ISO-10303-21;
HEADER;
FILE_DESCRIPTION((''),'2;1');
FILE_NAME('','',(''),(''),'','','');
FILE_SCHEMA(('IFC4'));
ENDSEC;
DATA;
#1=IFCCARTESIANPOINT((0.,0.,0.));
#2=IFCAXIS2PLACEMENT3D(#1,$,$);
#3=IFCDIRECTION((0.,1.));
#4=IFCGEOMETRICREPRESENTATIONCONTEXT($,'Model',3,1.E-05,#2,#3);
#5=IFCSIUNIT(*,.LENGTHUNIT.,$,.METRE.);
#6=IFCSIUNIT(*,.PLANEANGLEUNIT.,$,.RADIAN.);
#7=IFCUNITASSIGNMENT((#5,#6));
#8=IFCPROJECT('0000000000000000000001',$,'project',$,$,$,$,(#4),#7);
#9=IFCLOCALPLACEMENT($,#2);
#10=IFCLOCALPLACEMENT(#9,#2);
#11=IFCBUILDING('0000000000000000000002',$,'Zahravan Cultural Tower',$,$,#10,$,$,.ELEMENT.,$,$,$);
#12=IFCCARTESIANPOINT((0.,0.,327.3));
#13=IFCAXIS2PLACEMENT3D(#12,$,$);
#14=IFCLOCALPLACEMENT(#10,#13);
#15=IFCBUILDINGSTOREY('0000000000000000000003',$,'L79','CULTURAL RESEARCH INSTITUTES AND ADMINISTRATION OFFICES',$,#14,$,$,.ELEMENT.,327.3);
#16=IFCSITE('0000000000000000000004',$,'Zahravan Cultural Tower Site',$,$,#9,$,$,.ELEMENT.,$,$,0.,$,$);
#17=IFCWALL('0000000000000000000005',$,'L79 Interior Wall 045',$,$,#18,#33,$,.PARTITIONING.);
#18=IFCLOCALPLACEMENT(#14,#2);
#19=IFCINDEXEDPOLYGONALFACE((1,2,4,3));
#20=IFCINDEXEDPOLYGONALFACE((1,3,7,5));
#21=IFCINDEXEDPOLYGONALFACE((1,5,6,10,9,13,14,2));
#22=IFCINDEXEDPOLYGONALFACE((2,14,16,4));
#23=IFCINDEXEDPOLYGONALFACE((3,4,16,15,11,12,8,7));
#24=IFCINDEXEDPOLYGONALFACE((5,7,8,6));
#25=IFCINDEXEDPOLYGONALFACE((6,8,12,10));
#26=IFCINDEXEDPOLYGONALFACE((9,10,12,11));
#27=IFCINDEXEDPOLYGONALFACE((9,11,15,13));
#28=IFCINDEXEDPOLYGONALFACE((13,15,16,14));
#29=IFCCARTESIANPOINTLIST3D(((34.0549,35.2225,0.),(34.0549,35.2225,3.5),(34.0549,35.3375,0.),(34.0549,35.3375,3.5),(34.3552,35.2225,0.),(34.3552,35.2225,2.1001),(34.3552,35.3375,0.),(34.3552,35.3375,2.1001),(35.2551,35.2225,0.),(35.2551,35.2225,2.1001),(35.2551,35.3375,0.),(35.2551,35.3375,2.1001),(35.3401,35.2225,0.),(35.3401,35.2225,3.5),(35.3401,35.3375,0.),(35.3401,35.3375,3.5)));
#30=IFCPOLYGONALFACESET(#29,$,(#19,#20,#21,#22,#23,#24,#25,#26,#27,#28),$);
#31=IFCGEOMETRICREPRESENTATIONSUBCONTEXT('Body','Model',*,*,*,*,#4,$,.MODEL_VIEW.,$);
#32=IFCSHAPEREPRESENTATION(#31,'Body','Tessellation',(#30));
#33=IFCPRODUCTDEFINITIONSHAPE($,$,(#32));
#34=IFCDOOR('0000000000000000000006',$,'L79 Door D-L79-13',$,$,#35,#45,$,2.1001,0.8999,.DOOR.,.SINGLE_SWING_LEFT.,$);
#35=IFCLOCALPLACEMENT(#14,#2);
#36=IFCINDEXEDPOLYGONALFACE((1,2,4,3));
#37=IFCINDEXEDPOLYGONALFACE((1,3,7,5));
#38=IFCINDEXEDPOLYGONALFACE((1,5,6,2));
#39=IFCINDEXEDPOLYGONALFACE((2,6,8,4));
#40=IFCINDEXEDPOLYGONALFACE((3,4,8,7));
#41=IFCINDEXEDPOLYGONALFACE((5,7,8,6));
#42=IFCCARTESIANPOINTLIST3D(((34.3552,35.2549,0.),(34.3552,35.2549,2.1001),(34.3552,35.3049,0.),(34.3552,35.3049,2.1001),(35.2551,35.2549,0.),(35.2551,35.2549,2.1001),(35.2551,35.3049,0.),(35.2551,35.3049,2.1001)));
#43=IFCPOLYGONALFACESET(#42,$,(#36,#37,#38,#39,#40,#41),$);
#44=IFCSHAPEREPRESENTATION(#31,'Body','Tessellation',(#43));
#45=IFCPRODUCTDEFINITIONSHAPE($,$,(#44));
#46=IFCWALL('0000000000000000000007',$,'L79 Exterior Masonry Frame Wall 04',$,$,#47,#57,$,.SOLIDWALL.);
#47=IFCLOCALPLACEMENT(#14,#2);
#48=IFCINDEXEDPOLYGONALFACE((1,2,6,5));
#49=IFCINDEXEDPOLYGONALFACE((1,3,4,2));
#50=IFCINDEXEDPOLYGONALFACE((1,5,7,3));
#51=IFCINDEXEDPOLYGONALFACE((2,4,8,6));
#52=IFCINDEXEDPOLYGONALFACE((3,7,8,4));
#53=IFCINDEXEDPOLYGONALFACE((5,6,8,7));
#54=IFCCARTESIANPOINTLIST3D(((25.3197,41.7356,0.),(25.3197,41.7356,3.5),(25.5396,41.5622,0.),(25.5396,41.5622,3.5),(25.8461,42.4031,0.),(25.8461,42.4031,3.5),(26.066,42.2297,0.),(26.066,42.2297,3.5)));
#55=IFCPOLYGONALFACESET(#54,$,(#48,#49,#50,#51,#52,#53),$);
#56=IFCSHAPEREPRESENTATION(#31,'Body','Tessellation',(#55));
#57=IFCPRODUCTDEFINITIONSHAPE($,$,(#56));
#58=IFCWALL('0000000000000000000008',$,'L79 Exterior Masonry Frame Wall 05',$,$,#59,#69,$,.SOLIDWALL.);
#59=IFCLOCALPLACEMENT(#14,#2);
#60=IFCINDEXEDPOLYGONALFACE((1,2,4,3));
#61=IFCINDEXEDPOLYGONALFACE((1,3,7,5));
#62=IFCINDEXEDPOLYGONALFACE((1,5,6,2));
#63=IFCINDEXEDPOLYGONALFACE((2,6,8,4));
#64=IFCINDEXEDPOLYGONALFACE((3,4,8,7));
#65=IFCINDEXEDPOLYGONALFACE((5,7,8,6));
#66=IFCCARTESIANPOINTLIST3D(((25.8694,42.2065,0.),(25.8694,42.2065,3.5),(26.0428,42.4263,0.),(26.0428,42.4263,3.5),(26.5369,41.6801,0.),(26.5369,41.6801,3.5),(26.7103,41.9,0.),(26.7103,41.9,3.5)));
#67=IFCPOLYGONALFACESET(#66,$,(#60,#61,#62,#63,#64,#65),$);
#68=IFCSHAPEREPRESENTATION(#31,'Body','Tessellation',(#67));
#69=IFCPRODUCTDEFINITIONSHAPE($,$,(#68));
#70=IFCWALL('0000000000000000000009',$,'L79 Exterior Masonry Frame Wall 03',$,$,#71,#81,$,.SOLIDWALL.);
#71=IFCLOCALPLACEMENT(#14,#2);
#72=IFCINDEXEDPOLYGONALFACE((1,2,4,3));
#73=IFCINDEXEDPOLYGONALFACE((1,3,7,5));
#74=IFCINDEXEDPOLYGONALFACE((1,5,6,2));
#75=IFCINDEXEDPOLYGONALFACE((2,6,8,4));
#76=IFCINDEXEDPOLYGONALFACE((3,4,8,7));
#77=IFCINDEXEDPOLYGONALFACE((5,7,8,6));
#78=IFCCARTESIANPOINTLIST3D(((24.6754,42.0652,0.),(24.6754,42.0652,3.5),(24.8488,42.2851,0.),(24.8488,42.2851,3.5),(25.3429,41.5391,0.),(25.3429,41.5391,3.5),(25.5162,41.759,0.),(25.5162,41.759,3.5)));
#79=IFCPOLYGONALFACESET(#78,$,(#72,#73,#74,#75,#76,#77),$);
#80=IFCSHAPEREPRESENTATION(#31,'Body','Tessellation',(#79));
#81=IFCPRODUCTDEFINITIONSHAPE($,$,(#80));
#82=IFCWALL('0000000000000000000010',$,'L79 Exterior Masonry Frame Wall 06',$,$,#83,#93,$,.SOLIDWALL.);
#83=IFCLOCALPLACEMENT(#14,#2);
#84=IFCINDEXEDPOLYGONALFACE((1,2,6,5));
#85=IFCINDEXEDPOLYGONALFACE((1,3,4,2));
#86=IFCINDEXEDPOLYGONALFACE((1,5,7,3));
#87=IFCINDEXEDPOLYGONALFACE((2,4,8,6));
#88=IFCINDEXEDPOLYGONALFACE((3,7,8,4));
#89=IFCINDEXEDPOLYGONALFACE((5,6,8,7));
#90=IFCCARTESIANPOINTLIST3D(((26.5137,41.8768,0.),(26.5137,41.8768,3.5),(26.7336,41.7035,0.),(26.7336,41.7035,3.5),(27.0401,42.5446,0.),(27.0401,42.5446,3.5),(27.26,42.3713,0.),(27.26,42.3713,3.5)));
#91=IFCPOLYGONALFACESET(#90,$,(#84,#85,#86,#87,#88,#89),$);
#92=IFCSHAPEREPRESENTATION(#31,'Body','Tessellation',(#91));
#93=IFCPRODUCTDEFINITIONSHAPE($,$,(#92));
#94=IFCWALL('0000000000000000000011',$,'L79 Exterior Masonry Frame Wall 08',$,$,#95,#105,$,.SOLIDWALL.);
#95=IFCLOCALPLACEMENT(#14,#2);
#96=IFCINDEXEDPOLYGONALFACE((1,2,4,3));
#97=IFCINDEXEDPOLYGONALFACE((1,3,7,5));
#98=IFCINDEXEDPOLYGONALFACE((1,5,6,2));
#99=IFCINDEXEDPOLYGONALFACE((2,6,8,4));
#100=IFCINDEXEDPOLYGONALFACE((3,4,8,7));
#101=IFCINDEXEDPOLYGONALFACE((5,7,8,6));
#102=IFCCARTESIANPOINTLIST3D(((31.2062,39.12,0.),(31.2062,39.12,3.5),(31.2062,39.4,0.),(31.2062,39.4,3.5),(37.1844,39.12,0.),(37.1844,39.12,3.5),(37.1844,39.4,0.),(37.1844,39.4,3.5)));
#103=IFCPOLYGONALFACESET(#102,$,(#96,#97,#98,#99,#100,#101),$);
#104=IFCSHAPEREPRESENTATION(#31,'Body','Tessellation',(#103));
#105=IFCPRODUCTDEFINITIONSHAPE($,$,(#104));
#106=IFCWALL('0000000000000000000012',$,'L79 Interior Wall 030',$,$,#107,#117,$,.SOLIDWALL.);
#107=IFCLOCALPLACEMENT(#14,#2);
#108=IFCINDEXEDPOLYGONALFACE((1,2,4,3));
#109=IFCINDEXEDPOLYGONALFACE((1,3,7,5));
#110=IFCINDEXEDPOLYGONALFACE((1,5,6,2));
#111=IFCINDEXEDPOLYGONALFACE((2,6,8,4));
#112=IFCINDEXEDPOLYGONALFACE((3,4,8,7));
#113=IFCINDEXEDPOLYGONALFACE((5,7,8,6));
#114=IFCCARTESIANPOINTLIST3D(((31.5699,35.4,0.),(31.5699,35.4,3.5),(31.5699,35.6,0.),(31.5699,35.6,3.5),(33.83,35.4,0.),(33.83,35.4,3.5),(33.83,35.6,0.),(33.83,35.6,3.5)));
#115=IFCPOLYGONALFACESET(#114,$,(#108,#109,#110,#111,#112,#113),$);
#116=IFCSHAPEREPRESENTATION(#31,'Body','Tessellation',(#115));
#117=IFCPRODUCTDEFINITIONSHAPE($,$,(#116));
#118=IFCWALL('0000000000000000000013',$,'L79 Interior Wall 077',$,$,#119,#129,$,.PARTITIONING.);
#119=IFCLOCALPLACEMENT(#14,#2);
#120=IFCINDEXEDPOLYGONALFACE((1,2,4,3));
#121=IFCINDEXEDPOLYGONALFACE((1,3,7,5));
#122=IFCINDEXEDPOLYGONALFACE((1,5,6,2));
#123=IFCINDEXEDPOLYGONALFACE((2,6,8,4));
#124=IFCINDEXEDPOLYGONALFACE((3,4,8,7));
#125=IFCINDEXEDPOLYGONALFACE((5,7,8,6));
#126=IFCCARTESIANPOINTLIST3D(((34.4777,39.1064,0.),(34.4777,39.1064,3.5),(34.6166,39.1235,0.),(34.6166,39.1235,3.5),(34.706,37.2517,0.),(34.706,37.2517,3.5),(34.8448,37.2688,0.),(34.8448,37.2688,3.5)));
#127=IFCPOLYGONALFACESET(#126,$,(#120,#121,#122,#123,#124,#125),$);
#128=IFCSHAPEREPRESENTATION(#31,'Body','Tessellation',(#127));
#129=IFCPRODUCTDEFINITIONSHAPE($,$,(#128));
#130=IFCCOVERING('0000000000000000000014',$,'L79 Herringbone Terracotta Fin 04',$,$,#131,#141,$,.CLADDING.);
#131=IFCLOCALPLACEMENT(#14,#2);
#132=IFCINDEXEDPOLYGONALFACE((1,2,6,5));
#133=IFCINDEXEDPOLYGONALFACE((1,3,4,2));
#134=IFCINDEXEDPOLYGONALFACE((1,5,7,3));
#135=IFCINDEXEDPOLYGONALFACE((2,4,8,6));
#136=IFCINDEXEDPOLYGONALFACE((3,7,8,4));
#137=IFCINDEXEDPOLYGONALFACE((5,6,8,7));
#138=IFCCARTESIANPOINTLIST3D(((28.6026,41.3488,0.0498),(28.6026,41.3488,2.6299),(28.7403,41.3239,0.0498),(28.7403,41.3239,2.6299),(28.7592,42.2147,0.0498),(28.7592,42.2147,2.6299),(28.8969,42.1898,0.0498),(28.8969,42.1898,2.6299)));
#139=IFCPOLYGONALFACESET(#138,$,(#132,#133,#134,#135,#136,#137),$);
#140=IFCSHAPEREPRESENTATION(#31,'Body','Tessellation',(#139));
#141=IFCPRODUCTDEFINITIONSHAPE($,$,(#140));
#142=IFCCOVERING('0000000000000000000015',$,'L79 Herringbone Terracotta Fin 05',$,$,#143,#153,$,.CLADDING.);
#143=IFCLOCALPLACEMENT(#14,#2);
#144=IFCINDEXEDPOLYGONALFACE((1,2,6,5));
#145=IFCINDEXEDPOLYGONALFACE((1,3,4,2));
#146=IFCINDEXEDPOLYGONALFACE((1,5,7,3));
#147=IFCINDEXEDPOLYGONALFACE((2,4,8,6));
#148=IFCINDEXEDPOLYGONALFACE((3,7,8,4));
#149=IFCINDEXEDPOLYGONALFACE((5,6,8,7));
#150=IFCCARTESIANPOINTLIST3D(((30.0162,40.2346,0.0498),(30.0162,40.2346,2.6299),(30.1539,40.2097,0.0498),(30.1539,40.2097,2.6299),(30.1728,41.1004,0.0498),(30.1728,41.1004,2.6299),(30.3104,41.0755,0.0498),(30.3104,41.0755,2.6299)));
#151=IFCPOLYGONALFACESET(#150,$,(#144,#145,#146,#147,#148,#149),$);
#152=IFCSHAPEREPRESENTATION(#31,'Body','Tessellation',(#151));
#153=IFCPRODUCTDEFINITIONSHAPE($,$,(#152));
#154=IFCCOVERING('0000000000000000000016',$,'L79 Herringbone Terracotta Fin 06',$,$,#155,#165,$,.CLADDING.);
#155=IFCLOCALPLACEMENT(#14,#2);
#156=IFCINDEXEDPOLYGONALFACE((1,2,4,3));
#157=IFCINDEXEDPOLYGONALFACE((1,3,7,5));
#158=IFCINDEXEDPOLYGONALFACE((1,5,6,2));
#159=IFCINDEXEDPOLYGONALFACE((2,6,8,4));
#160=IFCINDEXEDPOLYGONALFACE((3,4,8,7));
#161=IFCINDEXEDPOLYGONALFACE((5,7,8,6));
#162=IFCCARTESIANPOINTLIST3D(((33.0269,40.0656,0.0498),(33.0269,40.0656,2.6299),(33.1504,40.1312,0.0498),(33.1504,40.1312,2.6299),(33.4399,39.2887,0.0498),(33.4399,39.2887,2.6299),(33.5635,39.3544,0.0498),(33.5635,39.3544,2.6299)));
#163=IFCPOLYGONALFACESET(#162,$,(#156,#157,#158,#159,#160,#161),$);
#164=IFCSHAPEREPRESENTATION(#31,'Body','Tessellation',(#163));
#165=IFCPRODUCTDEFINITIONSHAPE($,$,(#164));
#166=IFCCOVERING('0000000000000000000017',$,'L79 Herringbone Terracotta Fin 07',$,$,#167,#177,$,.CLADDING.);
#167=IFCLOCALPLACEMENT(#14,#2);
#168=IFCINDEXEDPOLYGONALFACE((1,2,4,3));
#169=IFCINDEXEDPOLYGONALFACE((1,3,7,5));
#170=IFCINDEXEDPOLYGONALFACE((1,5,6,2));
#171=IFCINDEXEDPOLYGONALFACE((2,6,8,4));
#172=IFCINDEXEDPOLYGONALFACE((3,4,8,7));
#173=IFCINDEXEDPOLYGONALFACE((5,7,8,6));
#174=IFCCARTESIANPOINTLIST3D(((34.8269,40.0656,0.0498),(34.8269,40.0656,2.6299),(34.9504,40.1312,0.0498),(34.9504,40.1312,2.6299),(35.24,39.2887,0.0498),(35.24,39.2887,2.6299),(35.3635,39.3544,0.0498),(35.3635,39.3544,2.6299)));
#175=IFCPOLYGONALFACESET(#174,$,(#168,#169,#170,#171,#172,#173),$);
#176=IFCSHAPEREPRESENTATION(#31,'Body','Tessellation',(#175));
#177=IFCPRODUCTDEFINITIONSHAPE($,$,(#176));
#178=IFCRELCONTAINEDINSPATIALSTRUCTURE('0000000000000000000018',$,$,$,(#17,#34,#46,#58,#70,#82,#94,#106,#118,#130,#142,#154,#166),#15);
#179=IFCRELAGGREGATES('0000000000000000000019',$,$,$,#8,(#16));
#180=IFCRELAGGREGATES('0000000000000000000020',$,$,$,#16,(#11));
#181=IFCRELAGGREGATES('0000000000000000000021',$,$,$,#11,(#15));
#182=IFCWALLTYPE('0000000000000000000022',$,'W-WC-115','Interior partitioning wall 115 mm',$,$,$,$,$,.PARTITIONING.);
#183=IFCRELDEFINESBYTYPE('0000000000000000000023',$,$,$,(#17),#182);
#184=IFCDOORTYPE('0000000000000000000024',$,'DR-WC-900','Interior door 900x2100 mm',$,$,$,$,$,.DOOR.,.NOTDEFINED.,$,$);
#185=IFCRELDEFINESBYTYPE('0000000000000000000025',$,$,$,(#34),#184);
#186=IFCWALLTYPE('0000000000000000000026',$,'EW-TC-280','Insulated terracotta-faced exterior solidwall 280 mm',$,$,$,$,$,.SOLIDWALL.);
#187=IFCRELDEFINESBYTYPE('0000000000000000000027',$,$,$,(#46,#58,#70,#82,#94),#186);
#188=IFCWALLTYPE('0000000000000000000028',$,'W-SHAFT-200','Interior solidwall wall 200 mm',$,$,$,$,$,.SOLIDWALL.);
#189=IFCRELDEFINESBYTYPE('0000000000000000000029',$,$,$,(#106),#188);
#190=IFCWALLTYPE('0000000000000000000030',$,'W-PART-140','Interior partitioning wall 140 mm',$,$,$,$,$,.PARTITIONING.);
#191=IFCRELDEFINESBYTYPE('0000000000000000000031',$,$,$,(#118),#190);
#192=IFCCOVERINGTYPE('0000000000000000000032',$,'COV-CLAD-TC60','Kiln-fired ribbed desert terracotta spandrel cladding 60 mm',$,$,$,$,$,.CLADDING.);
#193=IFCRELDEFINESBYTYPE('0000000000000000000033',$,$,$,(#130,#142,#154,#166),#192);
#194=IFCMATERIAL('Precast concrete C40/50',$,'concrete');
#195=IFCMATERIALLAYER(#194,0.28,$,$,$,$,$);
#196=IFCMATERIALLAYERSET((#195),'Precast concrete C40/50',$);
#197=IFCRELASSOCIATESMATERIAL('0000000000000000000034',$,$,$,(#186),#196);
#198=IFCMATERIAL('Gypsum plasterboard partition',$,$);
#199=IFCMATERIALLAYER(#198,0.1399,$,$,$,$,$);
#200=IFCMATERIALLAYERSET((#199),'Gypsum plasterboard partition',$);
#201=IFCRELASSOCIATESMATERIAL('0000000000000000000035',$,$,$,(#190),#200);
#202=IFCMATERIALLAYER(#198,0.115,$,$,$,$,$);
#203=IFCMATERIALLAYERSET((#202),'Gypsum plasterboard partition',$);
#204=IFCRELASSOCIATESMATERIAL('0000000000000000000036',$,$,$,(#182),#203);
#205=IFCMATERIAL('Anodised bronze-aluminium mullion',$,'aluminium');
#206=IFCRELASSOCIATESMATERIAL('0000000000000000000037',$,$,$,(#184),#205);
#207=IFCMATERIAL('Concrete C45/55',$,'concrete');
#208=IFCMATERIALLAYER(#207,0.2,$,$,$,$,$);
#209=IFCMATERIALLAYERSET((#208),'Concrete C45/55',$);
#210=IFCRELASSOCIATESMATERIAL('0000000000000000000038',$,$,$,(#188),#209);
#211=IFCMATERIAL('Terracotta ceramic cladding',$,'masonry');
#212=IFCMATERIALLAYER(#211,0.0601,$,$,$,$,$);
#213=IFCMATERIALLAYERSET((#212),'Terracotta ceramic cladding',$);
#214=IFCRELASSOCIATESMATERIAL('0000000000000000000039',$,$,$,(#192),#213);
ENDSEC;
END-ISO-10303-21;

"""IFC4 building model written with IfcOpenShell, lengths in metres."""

from ifc_helpers import new_model, si_unit, direction, frame, frame_2d, origin, origin_2d, place, context, subcontext, project, spatial, rectangle, extrude, source, transform, mapped, material, layer, layer_set, type_object, element, fill, save


model = new_model("IFC4")

# Units and contexts
model_context = context("Model", 3, precision=1e-05, world=origin(), true_north=direction((0.0, 1.0)))
body_context = subcontext(model_context, "Body", "Model", "MODEL_VIEW")
ifc_project = project(units=[si_unit("LENGTHUNIT", "METRE"), si_unit("PLANEANGLEUNIT", "RADIAN")], contexts=[model_context])

# Site, building, storey
site_placement = place(None, origin())
site = spatial("IfcSite", under=ifc_project, at=site_placement, Name="Zahravan Cultural Tower Site", CompositionType="ELEMENT", RefElevation=0.0)
building_placement = place(site_placement, origin())
building = spatial("IfcBuilding", under=site, at=building_placement, Name="Zahravan Cultural Tower", CompositionType="ELEMENT")
storey_placement = place(building_placement, frame((0.0, 0.0, 327.3)))
storey = spatial("IfcBuildingStorey", under=building, at=storey_placement, Name="L79", Description="CULTURAL RESEARCH INSTITUTES AND ADMINISTRATION OFFICES", CompositionType="ELEMENT", Elevation=327.3)

# Shared definitions
ifc_material_1 = material(Name="Precast concrete C40/50", Category="concrete")
ifc_layer_1 = layer(ifc_material_1, 0.28)
ifc_layer_set_1 = layer_set([ifc_layer_1], Name="Precast concrete C40/50")
wall_type_1 = type_object("IfcWallType", Name="EW-TC-280", Description="Insulated terracotta-faced exterior solidwall 280 mm", PredefinedType="SOLIDWALL", material=ifc_layer_set_1)

# Wall, opening, door
ifc_material_2 = material(Name="Gypsum plasterboard partition")
ifc_layer_2 = layer(ifc_material_2, 0.1399)
ifc_layer_set_2 = layer_set([ifc_layer_2], Name="Gypsum plasterboard partition")
wall_type_2 = type_object("IfcWallType", Name="W-PART-140", Description="Interior partitioning wall 140 mm", PredefinedType="PARTITIONING", material=ifc_layer_set_2)
ifc_material_3 = material(Name="Anodised bronze-aluminium mullion", Category="aluminium")
ifc_layer_3 = layer(ifc_material_2, 0.115)
ifc_layer_set_3 = layer_set([ifc_layer_3], Name="Gypsum plasterboard partition")
wall_type_3 = type_object("IfcWallType", Name="W-WC-115", Description="Interior partitioning wall 115 mm", PredefinedType="PARTITIONING", material=ifc_layer_set_3)
wall_1_placement = place(storey_placement, frame((34.0549, 35.28, 0.0), z_axis=(0.0, 0.0, 1.0), x_axis=(1.0, 0.0, 0.0)))
wall_1 = element("IfcWall", 1, at=wall_1_placement, inside=storey, type_object=wall_type_3, Name="L79 Interior Wall 045", PredefinedType="PARTITIONING", context=body_context, shape_type="SweptSolid", body=[
    extrude(rectangle(XDim=1.2852, YDim=0.115, at=frame_2d((0.6426, 0.0))), origin(), (0.0, 0.0, 1.0), 3.5),
])
opening_1_placement = place(wall_1_placement, frame((0.3003, 0.0, 0.0)))
opening_1 = element("IfcOpeningElement", 2, at=opening_1_placement, cuts=wall_1, PredefinedType="OPENING", context=body_context, shape_type="SweptSolid", body=[
    extrude(rectangle(XDim=0.8999, YDim=2.1001, at=frame_2d((0.45, 1.05))), frame((0.0, 0.0674, 0.0), z_axis=(0.0, -1.0, 0.0), x_axis=(1.0, 0.0, 0.0)), (0.0, 0.0, 1.0), 0.135),
])
door_type_1 = type_object("IfcDoorType", Name="DR-WC-900", Description="Interior door 900x2100 mm", OperationType="NOTDEFINED", PredefinedType="DOOR", material=ifc_material_3)
shared_shape_1 = source(origin(), body_context, "Body", "SweptSolid", [
    extrude(rectangle(XDim=0.8999, YDim=2.1001, at=frame_2d((0.45, 1.05))), frame((0.0, 0.0249, 0.0), z_axis=(0.0, -1.0, 0.0), x_axis=(1.0, 0.0, 0.0)), (0.0, 0.0, 1.0), 0.05),
])
door_1_placement = place(opening_1_placement, origin())
door_1 = element("IfcDoor", 3, at=door_1_placement, inside=storey, type_object=door_type_1, Name="L79 Door D-L79-13", OperationType="SINGLE_SWING_LEFT", OverallHeight=2.1001, OverallWidth=0.8999, PredefinedType="DOOR", context=body_context, shape_type="MappedRepresentation", body=[
    mapped(shared_shape_1, transform((0.0, 0.0, 0.0), x_axis=(1.0, 0.0, 0.0), y_axis=(0.0, 1.0, 0.0), z_axis=(0.0, 0.0, 1.0), scale=1.0)),
])
fill(opening_1, door_1)

# Walls
shared_shape_2 = source(origin(), body_context, "Body", "SweptSolid", [
    extrude(rectangle(XDim=0.8501, YDim=0.28, at=frame_2d((0.425, 0.0))), origin(), (0.0, 0.0, 1.0), 3.5),
])
for number, where, z_axis, x_axis, name in (
    (4, (25.4297, 41.6489, 0.0), (0.0, 0.0, 1.0), (0.619216, 0.785221, 0.0), "L79 Exterior Masonry Frame Wall 04"),
    (5, (25.9561, 42.3164, 0.0), (0.0, 0.0, 1.0), (0.785221, -0.619216, 0.0), "L79 Exterior Masonry Frame Wall 05"),
):
    element("IfcWall", number, at=place(storey_placement, frame(where, z_axis=z_axis, x_axis=x_axis)), inside=storey, type_object=wall_type_1, Name=name, PredefinedType="SOLIDWALL", context=body_context, shape_type="MappedRepresentation", body=[
        mapped(shared_shape_2, transform((0.0, 0.0, 0.0), x_axis=(1.0, 0.0, 0.0), y_axis=(0.0, 1.0, 0.0), z_axis=(0.0, 0.0, 1.0), scale=1.0)),
    ])
shared_shape_3 = source(origin(), body_context, "Body", "SweptSolid", [
    extrude(rectangle(XDim=0.8499, YDim=0.28, at=frame_2d((0.4248, 0.0))), origin(), (0.0, 0.0, 1.0), 3.5),
])
wall_2_placement = place(storey_placement, frame((24.7622, 42.175, 0.0), z_axis=(0.0, 0.0, 1.0), x_axis=(0.78536, -0.619039, 0.0)))
element("IfcWall", 6, at=wall_2_placement, inside=storey, type_object=wall_type_1, Name="L79 Exterior Masonry Frame Wall 03", PredefinedType="SOLIDWALL", context=body_context, shape_type="MappedRepresentation", body=[
    mapped(shared_shape_3, transform((0.0, 0.0, 0.0), x_axis=(1.0, 0.0, 0.0), y_axis=(0.0, 1.0, 0.0), z_axis=(0.0, 0.0, 1.0), scale=1.0)),
])
shared_shape_4 = source(origin(), body_context, "Body", "SweptSolid", [
    extrude(rectangle(XDim=0.8503, YDim=0.28, at=frame_2d((0.4253, 0.0))), origin(), (0.0, 0.0, 1.0), 3.5),
])
wall_3_placement = place(storey_placement, frame((26.6235, 41.79, 0.0), z_axis=(0.0, 0.0, 1.0), x_axis=(0.619076, 0.785331, 0.0)))
element("IfcWall", 7, at=wall_3_placement, inside=storey, type_object=wall_type_1, Name="L79 Exterior Masonry Frame Wall 06", PredefinedType="SOLIDWALL", context=body_context, shape_type="MappedRepresentation", body=[
    mapped(shared_shape_4, transform((0.0, 0.0, 0.0), x_axis=(1.0, 0.0, 0.0), y_axis=(0.0, 1.0, 0.0), z_axis=(0.0, 0.0, 1.0), scale=1.0)),
])
shared_shape_5 = source(origin(), body_context, "Body", "SweptSolid", [
    extrude(rectangle(XDim=5.9783, YDim=0.28, at=frame_2d((2.9893, 0.0))), origin(), (0.0, 0.0, 1.0), 3.5),
])
wall_4_placement = place(storey_placement, frame((31.2061, 39.26, 0.0), z_axis=(0.0, 0.0, 1.0), x_axis=(1.0, 0.0, 0.0)))
element("IfcWall", 8, at=wall_4_placement, inside=storey, type_object=wall_type_1, Name="L79 Exterior Masonry Frame Wall 08", PredefinedType="SOLIDWALL", context=body_context, shape_type="MappedRepresentation", body=[
    mapped(shared_shape_5, transform((0.0, 0.0, 0.0), x_axis=(1.0, 0.0, 0.0), y_axis=(0.0, 1.0, 0.0), z_axis=(0.0, 0.0, 1.0), scale=1.0)),
])
ifc_material_4 = material(Name="Concrete C45/55", Category="concrete")
ifc_layer_4 = layer(ifc_material_4, 0.2)
ifc_layer_set_4 = layer_set([ifc_layer_4], Name="Concrete C45/55")
wall_type_4 = type_object("IfcWallType", Name="W-SHAFT-200", Description="Interior solidwall wall 200 mm", PredefinedType="SOLIDWALL", material=ifc_layer_set_4)
shared_shape_6 = source(origin(), body_context, "Body", "SweptSolid", [
    extrude(rectangle(XDim=2.26, YDim=0.2, at=frame_2d((1.1299, 0.0))), origin(), (0.0, 0.0, 1.0), 3.5),
])
wall_5_placement = place(storey_placement, frame((31.5701, 35.5, 0.0), z_axis=(0.0, 0.0, 1.0), x_axis=(1.0, 0.0, 0.0)))
element("IfcWall", 9, at=wall_5_placement, inside=storey, type_object=wall_type_4, Name="L79 Interior Wall 030", PredefinedType="SOLIDWALL", context=body_context, shape_type="MappedRepresentation", body=[
    mapped(shared_shape_6, transform((0.0, 0.0, 0.0), x_axis=(1.0, 0.0, 0.0), y_axis=(0.0, 1.0, 0.0), z_axis=(0.0, 0.0, 1.0), scale=1.0)),
])
shared_shape_7 = source(origin(), body_context, "Body", "SweptSolid", [
    extrude(rectangle(XDim=1.8687, YDim=0.1399, at=frame_2d((0.9343, 0.0))), origin(), (0.0, 0.0, 1.0), 3.5),
])
wall_6_placement = place(storey_placement, frame((34.7754, 37.2603, 0.0), z_axis=(0.0, 0.0, 1.0), x_axis=(-0.122153, 0.992511, 0.0)))
element("IfcWall", 10, at=wall_6_placement, inside=storey, type_object=wall_type_2, Name="L79 Interior Wall 077", PredefinedType="PARTITIONING", context=body_context, shape_type="MappedRepresentation", body=[
    mapped(shared_shape_7, transform((0.0, 0.0, 0.0), x_axis=(1.0, 0.0, 0.0), y_axis=(0.0, 1.0, 0.0), z_axis=(0.0, 0.0, 1.0), scale=1.0)),
])

# Coverings
ifc_material_5 = material(Name="Terracotta ceramic cladding", Category="masonry")
ifc_layer_5 = layer(ifc_material_5, 0.0601)
ifc_layer_set_5 = layer_set([ifc_layer_5], Name="Terracotta ceramic cladding")
covering_type = type_object("IfcCoveringType", Name="COV-CLAD-TC60", Description="Kiln-fired ribbed desert terracotta spandrel cladding 60 mm", PredefinedType="CLADDING", material=ifc_layer_set_5)
shared_shape_8 = source(origin(), body_context, "Body", "SweptSolid", [
    extrude(rectangle(XDim=0.8799, YDim=0.1399, at=origin_2d()), origin(), (0.0, 0.0, 1.0), 2.5801),
])
for number, where, z_axis, x_axis, name in (
    (11, (28.7498, 41.7693, 0.0498), (0.0, 0.0, 1.0), (0.177944, 0.984041, 0.0), "L79 Herringbone Terracotta Fin 04"),
    (12, (30.1633, 40.655, 0.0498), (0.0, 0.0, 1.0), (0.177944, 0.984041, 0.0), "L79 Herringbone Terracotta Fin 05"),
    (13, (33.2952, 39.71, 0.0498), (0.0, 0.0, 1.0), (-0.469472, 0.882948, 0.0), "L79 Herringbone Terracotta Fin 06"),
    (14, (35.0952, 39.71, 0.0498), (0.0, 0.0, 1.0), (-0.469472, 0.882948, 0.0), "L79 Herringbone Terracotta Fin 07"),
):
    element("IfcCovering", number, at=place(storey_placement, frame(where, z_axis=z_axis, x_axis=x_axis)), inside=storey, type_object=covering_type, Name=name, PredefinedType="CLADDING", context=body_context, shape_type="MappedRepresentation", body=[
        mapped(shared_shape_8, transform((0.0, 0.0, 0.0), x_axis=(1.0, 0.0, 0.0), y_axis=(0.0, 1.0, 0.0), z_axis=(0.0, 0.0, 1.0), scale=1.0)),
    ])

save(model, "model.ifc")
